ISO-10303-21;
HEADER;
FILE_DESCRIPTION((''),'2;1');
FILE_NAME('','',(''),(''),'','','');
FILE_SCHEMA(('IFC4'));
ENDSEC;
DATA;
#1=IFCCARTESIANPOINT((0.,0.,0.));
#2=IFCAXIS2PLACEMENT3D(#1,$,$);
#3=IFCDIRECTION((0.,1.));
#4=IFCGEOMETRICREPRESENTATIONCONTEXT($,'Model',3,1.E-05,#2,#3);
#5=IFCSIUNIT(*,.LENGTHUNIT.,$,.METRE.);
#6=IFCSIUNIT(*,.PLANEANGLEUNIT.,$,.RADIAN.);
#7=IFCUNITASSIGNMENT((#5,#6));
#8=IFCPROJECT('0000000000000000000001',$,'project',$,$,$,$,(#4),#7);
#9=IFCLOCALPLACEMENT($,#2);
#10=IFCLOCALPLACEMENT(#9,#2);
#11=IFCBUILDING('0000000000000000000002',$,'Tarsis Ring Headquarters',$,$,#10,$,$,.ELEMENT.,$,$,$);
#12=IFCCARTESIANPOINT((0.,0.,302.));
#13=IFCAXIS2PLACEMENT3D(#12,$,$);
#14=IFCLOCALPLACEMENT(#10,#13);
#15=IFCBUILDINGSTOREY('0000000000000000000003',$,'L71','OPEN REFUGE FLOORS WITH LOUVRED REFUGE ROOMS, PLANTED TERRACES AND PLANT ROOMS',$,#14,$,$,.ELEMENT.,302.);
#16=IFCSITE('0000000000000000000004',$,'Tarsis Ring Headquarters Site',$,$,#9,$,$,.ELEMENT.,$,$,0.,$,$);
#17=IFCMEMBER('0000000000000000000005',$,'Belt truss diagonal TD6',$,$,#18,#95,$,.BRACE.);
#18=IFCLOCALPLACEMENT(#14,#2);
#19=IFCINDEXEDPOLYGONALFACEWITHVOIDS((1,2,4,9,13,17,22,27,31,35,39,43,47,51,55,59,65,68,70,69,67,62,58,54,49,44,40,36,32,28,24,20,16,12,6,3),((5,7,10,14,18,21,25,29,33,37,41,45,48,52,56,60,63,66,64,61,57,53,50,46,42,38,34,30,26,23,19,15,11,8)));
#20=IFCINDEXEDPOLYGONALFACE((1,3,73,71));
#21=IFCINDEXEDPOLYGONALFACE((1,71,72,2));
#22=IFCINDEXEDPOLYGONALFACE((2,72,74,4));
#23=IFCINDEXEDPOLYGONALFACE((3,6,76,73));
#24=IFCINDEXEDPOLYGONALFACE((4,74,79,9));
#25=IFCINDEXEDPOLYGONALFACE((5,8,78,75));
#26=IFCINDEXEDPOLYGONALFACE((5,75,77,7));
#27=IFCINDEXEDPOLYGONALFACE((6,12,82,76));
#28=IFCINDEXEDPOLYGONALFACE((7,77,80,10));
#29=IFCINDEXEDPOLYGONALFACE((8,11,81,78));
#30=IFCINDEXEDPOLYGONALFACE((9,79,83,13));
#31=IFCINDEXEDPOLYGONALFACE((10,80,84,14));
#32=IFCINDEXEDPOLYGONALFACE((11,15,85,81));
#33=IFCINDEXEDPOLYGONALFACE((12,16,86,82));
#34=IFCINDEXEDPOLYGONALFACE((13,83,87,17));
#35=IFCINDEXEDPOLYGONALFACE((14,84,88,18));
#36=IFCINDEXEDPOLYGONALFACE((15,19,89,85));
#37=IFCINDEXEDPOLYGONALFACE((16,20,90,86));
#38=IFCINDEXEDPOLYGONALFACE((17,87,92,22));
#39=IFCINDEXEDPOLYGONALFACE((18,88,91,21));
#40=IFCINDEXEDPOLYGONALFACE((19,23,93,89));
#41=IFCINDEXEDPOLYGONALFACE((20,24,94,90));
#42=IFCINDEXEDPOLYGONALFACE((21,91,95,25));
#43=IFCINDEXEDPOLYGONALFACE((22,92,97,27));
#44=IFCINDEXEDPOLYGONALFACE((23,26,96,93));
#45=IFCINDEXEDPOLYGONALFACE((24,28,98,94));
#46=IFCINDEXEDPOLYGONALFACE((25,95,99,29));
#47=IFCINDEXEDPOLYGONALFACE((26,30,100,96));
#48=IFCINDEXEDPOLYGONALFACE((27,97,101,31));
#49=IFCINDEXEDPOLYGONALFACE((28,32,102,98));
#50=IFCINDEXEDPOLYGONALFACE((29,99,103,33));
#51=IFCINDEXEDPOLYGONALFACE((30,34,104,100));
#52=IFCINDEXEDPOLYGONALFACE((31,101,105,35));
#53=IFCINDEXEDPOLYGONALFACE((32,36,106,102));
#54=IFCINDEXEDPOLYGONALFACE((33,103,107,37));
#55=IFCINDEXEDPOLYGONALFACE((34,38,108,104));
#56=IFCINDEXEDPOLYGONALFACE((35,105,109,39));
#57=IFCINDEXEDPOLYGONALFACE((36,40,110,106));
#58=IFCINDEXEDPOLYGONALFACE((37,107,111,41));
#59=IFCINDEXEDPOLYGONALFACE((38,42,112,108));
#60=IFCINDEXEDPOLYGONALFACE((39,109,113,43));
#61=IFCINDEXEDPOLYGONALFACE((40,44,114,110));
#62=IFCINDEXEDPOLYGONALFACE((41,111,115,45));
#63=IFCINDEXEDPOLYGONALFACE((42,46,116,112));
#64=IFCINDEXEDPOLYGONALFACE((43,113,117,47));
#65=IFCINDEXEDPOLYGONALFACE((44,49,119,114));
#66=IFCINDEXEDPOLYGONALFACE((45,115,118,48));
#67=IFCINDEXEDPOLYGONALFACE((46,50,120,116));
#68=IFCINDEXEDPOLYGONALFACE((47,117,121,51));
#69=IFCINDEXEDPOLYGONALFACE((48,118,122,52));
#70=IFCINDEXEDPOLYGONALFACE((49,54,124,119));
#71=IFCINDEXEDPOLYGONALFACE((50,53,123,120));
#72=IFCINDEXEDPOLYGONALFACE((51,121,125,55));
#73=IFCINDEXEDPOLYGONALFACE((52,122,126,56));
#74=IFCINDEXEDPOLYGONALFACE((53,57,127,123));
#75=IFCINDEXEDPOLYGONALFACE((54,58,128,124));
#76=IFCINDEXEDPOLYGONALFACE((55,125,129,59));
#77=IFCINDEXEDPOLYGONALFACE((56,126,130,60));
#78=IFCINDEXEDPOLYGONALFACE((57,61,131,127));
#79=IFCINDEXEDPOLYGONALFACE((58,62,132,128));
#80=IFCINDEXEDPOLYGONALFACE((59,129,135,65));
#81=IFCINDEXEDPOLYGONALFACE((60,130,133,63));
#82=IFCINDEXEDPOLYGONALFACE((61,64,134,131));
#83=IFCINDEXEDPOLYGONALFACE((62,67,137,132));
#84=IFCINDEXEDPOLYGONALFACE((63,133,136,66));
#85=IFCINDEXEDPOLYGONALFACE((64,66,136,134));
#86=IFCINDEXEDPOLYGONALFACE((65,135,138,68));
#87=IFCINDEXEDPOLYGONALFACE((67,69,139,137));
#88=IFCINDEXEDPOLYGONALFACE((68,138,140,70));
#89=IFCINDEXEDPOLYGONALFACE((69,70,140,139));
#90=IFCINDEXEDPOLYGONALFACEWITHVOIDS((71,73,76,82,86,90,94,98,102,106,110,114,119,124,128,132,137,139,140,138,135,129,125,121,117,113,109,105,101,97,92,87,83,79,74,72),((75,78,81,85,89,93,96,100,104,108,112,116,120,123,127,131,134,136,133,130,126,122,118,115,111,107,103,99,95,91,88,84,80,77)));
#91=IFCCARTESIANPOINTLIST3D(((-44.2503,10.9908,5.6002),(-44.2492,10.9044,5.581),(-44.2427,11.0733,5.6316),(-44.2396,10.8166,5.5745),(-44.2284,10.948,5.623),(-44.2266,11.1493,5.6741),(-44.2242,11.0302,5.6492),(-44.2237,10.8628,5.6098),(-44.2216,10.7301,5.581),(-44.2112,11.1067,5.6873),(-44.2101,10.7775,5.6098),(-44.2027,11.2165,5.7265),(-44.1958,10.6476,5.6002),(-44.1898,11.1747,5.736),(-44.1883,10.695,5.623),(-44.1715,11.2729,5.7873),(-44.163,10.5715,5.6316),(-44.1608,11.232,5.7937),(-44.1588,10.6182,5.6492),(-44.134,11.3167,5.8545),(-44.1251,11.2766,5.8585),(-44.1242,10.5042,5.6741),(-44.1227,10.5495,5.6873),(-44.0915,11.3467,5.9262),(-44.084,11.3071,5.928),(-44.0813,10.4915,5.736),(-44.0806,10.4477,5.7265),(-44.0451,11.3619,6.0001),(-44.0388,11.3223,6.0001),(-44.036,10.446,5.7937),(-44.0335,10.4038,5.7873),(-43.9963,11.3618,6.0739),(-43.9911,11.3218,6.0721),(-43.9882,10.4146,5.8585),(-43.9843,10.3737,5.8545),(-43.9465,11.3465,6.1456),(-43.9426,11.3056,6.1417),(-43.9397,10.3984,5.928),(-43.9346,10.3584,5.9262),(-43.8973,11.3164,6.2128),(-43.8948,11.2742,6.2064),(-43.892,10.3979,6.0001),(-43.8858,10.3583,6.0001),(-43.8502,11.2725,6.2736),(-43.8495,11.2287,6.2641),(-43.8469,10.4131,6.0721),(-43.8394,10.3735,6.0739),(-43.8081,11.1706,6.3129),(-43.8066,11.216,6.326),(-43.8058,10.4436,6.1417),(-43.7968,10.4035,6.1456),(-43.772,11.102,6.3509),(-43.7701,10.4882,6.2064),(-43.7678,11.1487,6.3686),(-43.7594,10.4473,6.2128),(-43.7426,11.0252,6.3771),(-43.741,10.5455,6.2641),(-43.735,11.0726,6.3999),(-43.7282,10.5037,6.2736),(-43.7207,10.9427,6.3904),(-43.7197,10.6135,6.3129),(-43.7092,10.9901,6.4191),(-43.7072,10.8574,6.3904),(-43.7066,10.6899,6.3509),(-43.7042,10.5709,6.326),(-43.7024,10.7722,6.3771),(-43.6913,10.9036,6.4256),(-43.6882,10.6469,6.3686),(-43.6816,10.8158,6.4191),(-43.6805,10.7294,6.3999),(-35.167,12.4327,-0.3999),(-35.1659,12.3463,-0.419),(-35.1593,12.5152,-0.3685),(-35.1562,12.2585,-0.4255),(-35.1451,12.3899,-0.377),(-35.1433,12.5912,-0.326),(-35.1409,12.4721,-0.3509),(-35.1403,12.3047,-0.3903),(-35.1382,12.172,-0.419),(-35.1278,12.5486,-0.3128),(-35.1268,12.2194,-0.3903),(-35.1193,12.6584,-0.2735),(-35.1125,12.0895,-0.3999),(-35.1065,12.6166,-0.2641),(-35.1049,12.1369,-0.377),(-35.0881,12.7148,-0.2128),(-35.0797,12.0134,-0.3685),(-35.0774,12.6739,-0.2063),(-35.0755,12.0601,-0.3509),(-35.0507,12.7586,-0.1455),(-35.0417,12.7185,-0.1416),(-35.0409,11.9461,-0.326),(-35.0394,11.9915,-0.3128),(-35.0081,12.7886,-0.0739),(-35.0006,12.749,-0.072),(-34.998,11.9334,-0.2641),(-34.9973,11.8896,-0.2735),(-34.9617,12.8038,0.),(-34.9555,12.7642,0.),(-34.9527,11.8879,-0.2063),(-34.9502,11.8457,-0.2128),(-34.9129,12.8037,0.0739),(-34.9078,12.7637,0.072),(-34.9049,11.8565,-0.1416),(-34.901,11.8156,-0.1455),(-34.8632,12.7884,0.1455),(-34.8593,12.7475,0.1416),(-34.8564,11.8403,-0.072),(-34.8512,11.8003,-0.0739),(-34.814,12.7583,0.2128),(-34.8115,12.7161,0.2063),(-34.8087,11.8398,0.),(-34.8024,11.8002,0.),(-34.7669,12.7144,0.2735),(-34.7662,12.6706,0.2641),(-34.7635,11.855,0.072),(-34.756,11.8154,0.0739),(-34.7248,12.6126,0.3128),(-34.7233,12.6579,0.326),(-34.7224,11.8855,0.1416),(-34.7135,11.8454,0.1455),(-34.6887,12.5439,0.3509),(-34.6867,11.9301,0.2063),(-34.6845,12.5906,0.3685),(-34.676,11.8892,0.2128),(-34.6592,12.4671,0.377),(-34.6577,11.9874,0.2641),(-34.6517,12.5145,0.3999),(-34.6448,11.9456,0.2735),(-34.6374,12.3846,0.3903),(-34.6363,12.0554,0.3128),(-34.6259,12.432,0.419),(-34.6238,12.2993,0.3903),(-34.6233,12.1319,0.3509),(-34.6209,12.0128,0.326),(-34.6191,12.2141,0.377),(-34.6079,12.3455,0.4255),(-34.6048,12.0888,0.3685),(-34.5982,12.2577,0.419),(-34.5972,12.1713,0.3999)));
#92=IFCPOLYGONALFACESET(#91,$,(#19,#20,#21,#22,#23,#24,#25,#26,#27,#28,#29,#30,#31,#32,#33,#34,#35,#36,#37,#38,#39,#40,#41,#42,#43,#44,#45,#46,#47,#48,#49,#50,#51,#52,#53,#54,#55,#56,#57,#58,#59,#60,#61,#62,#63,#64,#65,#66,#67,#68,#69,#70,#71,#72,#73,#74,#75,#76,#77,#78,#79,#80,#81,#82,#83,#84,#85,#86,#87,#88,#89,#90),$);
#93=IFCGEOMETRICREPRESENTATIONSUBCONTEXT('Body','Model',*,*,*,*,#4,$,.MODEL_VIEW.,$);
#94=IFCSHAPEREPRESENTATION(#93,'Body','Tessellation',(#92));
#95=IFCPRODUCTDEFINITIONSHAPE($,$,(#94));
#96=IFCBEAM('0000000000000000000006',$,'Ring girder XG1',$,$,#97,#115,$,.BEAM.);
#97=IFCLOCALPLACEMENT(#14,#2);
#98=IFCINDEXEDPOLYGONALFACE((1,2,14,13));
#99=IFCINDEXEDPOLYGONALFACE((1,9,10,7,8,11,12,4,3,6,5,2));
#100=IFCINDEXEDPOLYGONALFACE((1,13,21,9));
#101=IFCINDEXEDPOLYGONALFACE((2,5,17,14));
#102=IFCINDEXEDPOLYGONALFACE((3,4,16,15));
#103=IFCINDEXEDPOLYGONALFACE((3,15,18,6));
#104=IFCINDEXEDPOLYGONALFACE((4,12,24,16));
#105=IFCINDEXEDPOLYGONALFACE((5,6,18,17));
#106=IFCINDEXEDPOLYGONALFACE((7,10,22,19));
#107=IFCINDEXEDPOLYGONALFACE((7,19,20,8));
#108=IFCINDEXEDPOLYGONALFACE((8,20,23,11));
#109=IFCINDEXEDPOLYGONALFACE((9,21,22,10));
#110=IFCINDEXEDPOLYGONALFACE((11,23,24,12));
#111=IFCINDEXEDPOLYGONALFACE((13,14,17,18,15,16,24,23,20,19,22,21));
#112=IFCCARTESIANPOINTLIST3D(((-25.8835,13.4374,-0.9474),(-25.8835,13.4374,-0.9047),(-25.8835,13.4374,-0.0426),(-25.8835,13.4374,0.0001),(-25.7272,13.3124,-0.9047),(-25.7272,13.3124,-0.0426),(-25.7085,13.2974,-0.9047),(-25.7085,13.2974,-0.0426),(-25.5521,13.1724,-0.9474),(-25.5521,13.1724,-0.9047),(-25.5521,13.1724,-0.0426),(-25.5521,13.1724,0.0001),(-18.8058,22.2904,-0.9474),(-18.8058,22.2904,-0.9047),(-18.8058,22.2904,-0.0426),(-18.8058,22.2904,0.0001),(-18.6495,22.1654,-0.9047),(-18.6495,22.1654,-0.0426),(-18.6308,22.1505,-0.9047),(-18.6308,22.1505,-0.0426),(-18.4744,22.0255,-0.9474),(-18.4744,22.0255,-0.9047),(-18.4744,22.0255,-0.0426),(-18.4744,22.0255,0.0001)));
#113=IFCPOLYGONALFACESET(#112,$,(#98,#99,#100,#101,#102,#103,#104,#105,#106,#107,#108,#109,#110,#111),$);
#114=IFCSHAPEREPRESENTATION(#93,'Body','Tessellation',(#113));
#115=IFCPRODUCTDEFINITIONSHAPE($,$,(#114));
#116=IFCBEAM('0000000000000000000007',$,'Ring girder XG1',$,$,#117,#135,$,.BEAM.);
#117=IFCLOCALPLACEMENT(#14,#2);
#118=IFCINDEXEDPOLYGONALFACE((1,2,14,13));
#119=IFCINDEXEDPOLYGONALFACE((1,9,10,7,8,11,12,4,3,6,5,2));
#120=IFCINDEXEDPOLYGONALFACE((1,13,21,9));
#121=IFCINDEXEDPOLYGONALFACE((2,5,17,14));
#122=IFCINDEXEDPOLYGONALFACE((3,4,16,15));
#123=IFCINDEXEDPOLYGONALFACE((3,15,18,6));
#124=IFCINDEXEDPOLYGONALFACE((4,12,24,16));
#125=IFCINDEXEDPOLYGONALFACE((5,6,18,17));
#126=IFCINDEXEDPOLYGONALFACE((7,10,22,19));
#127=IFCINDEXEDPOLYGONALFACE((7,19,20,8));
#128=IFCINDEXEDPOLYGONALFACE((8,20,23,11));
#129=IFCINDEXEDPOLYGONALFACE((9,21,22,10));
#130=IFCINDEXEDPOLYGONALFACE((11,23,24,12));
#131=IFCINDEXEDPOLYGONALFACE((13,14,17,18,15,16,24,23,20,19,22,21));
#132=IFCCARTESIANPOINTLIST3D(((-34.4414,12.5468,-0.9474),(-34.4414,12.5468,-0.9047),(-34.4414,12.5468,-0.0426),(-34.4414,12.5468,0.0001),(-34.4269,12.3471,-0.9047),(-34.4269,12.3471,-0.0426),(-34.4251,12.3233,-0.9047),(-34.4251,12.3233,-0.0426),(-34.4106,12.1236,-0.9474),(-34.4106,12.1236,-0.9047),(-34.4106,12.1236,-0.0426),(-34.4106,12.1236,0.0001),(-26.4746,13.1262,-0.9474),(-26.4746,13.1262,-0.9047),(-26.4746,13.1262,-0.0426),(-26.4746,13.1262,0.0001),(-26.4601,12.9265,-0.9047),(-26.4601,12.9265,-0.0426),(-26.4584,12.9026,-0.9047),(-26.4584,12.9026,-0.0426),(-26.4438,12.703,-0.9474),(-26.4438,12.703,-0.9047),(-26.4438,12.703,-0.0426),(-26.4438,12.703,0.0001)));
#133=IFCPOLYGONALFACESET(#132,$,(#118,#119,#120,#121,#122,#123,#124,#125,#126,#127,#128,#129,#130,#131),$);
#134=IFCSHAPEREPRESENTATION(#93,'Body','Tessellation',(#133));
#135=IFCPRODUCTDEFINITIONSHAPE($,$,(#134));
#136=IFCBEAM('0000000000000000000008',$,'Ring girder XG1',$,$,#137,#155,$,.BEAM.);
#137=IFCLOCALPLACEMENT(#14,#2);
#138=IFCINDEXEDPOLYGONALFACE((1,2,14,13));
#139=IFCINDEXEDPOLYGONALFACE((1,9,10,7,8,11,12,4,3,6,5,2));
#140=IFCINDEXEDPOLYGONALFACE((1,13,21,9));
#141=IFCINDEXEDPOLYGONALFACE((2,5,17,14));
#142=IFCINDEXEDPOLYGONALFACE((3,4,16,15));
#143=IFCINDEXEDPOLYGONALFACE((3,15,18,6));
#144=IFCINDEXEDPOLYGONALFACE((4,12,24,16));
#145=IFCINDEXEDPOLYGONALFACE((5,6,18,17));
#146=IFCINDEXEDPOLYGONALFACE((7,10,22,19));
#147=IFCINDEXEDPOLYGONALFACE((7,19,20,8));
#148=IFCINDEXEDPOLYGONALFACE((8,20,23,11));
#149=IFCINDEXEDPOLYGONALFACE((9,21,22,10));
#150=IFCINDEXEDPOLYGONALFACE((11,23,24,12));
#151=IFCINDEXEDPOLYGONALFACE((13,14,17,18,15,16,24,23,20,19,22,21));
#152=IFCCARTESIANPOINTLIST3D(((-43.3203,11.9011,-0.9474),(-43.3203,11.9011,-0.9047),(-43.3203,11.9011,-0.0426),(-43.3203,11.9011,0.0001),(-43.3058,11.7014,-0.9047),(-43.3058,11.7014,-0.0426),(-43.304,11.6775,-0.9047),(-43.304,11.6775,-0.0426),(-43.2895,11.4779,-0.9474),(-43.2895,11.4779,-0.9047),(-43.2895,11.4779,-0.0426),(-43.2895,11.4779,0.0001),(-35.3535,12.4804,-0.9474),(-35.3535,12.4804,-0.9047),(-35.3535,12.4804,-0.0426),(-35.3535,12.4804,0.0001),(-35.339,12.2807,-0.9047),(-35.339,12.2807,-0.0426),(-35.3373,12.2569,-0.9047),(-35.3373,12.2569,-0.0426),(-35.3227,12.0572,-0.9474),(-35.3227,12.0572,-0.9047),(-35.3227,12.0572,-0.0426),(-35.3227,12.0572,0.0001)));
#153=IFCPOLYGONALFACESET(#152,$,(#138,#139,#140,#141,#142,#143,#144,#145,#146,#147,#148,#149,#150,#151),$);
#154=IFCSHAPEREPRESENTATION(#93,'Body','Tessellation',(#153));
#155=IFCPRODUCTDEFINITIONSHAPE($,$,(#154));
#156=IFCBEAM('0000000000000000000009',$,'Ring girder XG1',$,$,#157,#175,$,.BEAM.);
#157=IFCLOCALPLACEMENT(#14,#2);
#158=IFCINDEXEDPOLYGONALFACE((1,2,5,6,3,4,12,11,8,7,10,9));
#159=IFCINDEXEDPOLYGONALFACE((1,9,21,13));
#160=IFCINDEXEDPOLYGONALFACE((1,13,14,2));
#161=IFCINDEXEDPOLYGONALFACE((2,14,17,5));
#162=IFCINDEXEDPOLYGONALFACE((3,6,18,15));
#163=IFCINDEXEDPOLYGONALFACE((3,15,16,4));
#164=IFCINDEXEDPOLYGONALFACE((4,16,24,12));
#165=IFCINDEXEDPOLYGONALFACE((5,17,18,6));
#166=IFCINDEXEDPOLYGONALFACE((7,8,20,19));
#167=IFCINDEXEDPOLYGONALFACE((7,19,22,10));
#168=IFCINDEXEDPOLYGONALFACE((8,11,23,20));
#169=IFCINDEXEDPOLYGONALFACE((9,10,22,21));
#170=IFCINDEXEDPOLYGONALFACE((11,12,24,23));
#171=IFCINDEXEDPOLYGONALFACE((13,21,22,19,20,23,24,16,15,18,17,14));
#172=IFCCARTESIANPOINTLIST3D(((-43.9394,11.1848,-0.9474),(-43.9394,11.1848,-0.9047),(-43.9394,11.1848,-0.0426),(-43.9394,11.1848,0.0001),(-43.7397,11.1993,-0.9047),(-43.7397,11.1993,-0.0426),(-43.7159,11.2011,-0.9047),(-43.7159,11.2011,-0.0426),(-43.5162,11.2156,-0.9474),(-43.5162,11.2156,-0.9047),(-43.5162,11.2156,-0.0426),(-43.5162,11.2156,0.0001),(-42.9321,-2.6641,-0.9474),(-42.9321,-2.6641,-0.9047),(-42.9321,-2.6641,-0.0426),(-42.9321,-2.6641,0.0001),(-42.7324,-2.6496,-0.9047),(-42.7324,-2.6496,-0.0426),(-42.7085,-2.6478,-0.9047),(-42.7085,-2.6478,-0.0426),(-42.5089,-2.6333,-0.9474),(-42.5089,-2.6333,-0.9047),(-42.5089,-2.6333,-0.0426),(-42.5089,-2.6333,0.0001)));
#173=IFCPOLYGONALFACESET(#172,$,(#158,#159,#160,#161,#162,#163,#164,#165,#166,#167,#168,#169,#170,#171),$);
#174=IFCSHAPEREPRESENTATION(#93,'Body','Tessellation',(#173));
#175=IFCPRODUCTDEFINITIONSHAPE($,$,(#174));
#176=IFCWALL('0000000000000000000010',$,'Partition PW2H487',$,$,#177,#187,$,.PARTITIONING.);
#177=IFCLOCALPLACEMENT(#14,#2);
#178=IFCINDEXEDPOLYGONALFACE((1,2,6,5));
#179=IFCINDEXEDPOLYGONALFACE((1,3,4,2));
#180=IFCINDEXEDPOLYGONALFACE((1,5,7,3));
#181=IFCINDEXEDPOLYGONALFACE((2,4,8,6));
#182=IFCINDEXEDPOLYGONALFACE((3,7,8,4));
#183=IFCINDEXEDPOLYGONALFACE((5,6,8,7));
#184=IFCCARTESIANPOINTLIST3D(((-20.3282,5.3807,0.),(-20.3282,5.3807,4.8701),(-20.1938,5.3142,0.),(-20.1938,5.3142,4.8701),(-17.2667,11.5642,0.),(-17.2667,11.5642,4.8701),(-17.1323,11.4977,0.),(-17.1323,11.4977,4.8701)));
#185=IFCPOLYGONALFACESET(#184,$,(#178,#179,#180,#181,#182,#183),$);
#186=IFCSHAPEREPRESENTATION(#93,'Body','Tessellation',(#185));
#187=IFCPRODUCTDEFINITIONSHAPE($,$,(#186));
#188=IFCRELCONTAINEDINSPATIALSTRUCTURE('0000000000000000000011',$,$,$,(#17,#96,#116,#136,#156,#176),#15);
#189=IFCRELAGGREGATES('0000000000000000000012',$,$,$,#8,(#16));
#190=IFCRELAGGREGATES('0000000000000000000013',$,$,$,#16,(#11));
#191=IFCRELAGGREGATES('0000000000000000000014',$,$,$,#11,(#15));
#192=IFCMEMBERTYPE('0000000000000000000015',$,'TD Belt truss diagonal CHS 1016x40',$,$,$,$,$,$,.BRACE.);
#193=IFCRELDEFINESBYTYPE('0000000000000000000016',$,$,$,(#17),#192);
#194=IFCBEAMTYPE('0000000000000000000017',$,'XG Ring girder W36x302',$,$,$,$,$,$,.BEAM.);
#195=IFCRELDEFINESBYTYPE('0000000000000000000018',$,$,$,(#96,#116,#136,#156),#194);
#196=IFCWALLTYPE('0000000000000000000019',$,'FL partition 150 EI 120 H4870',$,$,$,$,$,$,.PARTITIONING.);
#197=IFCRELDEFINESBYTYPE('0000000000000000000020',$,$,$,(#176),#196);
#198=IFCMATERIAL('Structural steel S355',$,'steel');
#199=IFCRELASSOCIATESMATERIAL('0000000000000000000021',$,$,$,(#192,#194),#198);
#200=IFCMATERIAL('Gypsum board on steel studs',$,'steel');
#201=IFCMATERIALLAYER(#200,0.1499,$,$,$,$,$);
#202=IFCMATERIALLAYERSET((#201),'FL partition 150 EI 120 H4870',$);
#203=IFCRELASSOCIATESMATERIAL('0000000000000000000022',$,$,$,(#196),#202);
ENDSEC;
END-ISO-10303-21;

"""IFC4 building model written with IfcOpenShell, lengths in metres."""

from ifc_helpers import new_model, si_unit, direction, frame, frame_2d, origin, origin_2d, place, context, subcontext, project, spatial, rectangle, hollow_circle, i_section, extrude, material, layer, layer_set, material_profile, profile_set, type_object, element, save


model = new_model("IFC4")

# Units and contexts
model_context = context("Model", 3, precision=1e-05, world=origin(), true_north=direction((0.0, 1.0)))
body_context = subcontext(model_context, "Body", "Model", "MODEL_VIEW")
ifc_project = project(units=[si_unit("LENGTHUNIT", "METRE"), si_unit("PLANEANGLEUNIT", "RADIAN")], contexts=[model_context])

# Site, building, storey
site_placement = place(None, origin())
site = spatial("IfcSite", under=ifc_project, at=site_placement, Name="Tarsis Ring Headquarters Site", CompositionType="ELEMENT", RefElevation=0.0)
building_placement = place(site_placement, origin())
building = spatial("IfcBuilding", under=site, at=building_placement, Name="Tarsis Ring Headquarters", CompositionType="ELEMENT")
storey_placement = place(building_placement, frame((0.0, 0.0, 302.0)))
storey = spatial("IfcBuildingStorey", under=building, at=storey_placement, Name="L71", Description="OPEN REFUGE FLOORS WITH LOUVRED REFUGE ROOMS, PLANTED TERRACES AND PLANT ROOMS", CompositionType="ELEMENT", Elevation=302.0)

# Shared definitions
ifc_material_1 = material(Name="Structural steel S355", Category="steel")
ifc_material_profile_1 = material_profile(ifc_material_1, hollow_circle(Radius=0.5081, WallThickness=0.04, at=origin_2d()), Name="CHS 1016x40")
ifc_profile_set_1 = profile_set([ifc_material_profile_1], Name="Structural steel S355")

# Shared definitions
ifc_material_profile_2 = material_profile(ifc_material_1, i_section(OverallWidth=0.4243, OverallDepth=0.9475, WebThickness=0.0239, FlangeThickness=0.0427, at=origin_2d()), Name="W36x302")
ifc_profile_set_2 = profile_set([ifc_material_profile_2], Name="Structural steel S355")

# Member
member_type = type_object("IfcMemberType", Name="TD Belt truss diagonal CHS 1016x40", PredefinedType="BRACE", material=ifc_profile_set_1)
member_1_placement = place(storey_placement, frame((-34.8821, 12.302, 0.0), z_axis=(-0.827172, -0.131307, 0.546393), x_axis=(0.156779, -0.987634, 0.0)))
element("IfcMember", 1, at=member_1_placement, inside=storey, type_object=member_type, Name="Belt truss diagonal TD6", PredefinedType="BRACE", context=body_context, shape_type="SweptSolid", body=[
    extrude(hollow_circle(Radius=0.5081, WallThickness=0.04, at=origin_2d()), origin(), (0.0, 0.0, 1.0), 10.9812),
])

# Beams
beam_type_1 = type_object("IfcBeamType", Name="XG Ring girder W36x302", PredefinedType="BEAM", material=ifc_profile_set_2)
beam_1_placement = place(storey_placement, frame((-18.6401, 22.158, -0.4736), z_axis=(-0.624438, -0.781075, 0.0), x_axis=(0.781075, -0.624438, 0.0)))
element("IfcBeam", 2, at=beam_1_placement, inside=storey, type_object=beam_type_1, Name="Ring girder XG1", PredefinedType="BEAM", context=body_context, shape_type="SweptSolid", body=[
    extrude(i_section(OverallWidth=0.4243, OverallDepth=0.9475, WebThickness=0.0239, FlangeThickness=0.0427, at=origin_2d()), origin(), (0.0, 0.0, 1.0), 11.3345),
])
for number, where, z_axis, x_axis, name in (
    (3, (-26.4592, 12.9146, -0.4736), (-0.997366, -0.072529, 0.0), (0.072529, -0.997366, 0.0), "Ring girder XG1"),
    (4, (-35.3381, 12.2688, -0.4736), (-0.997366, -0.072529, 0.0), (0.072529, -0.997366, 0.0), "Ring girder XG1"),
):
    element("IfcBeam", number, at=place(storey_placement, frame(where, z_axis=z_axis, x_axis=x_axis)), inside=storey, type_object=beam_type_1, Name=name, PredefinedType="BEAM", context=body_context, shape_type="SweptSolid", body=[
        extrude(i_section(OverallWidth=0.4243, OverallDepth=0.9475, WebThickness=0.0239, FlangeThickness=0.0427, at=origin_2d()), origin(), (0.0, 0.0, 1.0), 7.9878),
    ])
beam_2_placement = place(storey_placement, frame((-43.7278, 11.2002, -0.4736), z_axis=(0.072545, -0.997365, 0.0), x_axis=(0.997365, 0.072545, 0.0)))
element("IfcBeam", 5, at=beam_2_placement, inside=storey, type_object=beam_type_1, Name="Ring girder XG1", PredefinedType="BEAM", context=body_context, shape_type="SweptSolid", body=[
    extrude(i_section(OverallWidth=0.4243, OverallDepth=0.9475, WebThickness=0.0239, FlangeThickness=0.0427, at=origin_2d()), origin(), (0.0, 0.0, 1.0), 13.8855),
])

# Wall
ifc_material_2 = material(Name="Gypsum board on steel studs", Category="steel")
ifc_layer_1 = layer(ifc_material_2, 0.1499)
ifc_layer_set_1 = layer_set([ifc_layer_1], Name="FL partition 150 EI 120 H4870")
wall_type_1 = type_object("IfcWallType", Name="FL partition 150 EI 120 H4870", PredefinedType="PARTITIONING", material=ifc_layer_set_1)
wall_1_placement = place(storey_placement, frame((-20.261, 5.3474, 0.0), z_axis=(0.0, 0.0, 1.0), x_axis=(0.4437, 0.896175, 0.0)))
element("IfcWall", 6, at=wall_1_placement, inside=storey, type_object=wall_type_1, Name="Partition PW2H487", PredefinedType="PARTITIONING", context=body_context, shape_type="SweptSolid", body=[
    extrude(rectangle(XDim=6.8999, YDim=0.1499, at=frame_2d((3.45, 0.0))), origin(), (0.0, 0.0, 1.0), 4.8701),
])

save(model, "model.ifc")
